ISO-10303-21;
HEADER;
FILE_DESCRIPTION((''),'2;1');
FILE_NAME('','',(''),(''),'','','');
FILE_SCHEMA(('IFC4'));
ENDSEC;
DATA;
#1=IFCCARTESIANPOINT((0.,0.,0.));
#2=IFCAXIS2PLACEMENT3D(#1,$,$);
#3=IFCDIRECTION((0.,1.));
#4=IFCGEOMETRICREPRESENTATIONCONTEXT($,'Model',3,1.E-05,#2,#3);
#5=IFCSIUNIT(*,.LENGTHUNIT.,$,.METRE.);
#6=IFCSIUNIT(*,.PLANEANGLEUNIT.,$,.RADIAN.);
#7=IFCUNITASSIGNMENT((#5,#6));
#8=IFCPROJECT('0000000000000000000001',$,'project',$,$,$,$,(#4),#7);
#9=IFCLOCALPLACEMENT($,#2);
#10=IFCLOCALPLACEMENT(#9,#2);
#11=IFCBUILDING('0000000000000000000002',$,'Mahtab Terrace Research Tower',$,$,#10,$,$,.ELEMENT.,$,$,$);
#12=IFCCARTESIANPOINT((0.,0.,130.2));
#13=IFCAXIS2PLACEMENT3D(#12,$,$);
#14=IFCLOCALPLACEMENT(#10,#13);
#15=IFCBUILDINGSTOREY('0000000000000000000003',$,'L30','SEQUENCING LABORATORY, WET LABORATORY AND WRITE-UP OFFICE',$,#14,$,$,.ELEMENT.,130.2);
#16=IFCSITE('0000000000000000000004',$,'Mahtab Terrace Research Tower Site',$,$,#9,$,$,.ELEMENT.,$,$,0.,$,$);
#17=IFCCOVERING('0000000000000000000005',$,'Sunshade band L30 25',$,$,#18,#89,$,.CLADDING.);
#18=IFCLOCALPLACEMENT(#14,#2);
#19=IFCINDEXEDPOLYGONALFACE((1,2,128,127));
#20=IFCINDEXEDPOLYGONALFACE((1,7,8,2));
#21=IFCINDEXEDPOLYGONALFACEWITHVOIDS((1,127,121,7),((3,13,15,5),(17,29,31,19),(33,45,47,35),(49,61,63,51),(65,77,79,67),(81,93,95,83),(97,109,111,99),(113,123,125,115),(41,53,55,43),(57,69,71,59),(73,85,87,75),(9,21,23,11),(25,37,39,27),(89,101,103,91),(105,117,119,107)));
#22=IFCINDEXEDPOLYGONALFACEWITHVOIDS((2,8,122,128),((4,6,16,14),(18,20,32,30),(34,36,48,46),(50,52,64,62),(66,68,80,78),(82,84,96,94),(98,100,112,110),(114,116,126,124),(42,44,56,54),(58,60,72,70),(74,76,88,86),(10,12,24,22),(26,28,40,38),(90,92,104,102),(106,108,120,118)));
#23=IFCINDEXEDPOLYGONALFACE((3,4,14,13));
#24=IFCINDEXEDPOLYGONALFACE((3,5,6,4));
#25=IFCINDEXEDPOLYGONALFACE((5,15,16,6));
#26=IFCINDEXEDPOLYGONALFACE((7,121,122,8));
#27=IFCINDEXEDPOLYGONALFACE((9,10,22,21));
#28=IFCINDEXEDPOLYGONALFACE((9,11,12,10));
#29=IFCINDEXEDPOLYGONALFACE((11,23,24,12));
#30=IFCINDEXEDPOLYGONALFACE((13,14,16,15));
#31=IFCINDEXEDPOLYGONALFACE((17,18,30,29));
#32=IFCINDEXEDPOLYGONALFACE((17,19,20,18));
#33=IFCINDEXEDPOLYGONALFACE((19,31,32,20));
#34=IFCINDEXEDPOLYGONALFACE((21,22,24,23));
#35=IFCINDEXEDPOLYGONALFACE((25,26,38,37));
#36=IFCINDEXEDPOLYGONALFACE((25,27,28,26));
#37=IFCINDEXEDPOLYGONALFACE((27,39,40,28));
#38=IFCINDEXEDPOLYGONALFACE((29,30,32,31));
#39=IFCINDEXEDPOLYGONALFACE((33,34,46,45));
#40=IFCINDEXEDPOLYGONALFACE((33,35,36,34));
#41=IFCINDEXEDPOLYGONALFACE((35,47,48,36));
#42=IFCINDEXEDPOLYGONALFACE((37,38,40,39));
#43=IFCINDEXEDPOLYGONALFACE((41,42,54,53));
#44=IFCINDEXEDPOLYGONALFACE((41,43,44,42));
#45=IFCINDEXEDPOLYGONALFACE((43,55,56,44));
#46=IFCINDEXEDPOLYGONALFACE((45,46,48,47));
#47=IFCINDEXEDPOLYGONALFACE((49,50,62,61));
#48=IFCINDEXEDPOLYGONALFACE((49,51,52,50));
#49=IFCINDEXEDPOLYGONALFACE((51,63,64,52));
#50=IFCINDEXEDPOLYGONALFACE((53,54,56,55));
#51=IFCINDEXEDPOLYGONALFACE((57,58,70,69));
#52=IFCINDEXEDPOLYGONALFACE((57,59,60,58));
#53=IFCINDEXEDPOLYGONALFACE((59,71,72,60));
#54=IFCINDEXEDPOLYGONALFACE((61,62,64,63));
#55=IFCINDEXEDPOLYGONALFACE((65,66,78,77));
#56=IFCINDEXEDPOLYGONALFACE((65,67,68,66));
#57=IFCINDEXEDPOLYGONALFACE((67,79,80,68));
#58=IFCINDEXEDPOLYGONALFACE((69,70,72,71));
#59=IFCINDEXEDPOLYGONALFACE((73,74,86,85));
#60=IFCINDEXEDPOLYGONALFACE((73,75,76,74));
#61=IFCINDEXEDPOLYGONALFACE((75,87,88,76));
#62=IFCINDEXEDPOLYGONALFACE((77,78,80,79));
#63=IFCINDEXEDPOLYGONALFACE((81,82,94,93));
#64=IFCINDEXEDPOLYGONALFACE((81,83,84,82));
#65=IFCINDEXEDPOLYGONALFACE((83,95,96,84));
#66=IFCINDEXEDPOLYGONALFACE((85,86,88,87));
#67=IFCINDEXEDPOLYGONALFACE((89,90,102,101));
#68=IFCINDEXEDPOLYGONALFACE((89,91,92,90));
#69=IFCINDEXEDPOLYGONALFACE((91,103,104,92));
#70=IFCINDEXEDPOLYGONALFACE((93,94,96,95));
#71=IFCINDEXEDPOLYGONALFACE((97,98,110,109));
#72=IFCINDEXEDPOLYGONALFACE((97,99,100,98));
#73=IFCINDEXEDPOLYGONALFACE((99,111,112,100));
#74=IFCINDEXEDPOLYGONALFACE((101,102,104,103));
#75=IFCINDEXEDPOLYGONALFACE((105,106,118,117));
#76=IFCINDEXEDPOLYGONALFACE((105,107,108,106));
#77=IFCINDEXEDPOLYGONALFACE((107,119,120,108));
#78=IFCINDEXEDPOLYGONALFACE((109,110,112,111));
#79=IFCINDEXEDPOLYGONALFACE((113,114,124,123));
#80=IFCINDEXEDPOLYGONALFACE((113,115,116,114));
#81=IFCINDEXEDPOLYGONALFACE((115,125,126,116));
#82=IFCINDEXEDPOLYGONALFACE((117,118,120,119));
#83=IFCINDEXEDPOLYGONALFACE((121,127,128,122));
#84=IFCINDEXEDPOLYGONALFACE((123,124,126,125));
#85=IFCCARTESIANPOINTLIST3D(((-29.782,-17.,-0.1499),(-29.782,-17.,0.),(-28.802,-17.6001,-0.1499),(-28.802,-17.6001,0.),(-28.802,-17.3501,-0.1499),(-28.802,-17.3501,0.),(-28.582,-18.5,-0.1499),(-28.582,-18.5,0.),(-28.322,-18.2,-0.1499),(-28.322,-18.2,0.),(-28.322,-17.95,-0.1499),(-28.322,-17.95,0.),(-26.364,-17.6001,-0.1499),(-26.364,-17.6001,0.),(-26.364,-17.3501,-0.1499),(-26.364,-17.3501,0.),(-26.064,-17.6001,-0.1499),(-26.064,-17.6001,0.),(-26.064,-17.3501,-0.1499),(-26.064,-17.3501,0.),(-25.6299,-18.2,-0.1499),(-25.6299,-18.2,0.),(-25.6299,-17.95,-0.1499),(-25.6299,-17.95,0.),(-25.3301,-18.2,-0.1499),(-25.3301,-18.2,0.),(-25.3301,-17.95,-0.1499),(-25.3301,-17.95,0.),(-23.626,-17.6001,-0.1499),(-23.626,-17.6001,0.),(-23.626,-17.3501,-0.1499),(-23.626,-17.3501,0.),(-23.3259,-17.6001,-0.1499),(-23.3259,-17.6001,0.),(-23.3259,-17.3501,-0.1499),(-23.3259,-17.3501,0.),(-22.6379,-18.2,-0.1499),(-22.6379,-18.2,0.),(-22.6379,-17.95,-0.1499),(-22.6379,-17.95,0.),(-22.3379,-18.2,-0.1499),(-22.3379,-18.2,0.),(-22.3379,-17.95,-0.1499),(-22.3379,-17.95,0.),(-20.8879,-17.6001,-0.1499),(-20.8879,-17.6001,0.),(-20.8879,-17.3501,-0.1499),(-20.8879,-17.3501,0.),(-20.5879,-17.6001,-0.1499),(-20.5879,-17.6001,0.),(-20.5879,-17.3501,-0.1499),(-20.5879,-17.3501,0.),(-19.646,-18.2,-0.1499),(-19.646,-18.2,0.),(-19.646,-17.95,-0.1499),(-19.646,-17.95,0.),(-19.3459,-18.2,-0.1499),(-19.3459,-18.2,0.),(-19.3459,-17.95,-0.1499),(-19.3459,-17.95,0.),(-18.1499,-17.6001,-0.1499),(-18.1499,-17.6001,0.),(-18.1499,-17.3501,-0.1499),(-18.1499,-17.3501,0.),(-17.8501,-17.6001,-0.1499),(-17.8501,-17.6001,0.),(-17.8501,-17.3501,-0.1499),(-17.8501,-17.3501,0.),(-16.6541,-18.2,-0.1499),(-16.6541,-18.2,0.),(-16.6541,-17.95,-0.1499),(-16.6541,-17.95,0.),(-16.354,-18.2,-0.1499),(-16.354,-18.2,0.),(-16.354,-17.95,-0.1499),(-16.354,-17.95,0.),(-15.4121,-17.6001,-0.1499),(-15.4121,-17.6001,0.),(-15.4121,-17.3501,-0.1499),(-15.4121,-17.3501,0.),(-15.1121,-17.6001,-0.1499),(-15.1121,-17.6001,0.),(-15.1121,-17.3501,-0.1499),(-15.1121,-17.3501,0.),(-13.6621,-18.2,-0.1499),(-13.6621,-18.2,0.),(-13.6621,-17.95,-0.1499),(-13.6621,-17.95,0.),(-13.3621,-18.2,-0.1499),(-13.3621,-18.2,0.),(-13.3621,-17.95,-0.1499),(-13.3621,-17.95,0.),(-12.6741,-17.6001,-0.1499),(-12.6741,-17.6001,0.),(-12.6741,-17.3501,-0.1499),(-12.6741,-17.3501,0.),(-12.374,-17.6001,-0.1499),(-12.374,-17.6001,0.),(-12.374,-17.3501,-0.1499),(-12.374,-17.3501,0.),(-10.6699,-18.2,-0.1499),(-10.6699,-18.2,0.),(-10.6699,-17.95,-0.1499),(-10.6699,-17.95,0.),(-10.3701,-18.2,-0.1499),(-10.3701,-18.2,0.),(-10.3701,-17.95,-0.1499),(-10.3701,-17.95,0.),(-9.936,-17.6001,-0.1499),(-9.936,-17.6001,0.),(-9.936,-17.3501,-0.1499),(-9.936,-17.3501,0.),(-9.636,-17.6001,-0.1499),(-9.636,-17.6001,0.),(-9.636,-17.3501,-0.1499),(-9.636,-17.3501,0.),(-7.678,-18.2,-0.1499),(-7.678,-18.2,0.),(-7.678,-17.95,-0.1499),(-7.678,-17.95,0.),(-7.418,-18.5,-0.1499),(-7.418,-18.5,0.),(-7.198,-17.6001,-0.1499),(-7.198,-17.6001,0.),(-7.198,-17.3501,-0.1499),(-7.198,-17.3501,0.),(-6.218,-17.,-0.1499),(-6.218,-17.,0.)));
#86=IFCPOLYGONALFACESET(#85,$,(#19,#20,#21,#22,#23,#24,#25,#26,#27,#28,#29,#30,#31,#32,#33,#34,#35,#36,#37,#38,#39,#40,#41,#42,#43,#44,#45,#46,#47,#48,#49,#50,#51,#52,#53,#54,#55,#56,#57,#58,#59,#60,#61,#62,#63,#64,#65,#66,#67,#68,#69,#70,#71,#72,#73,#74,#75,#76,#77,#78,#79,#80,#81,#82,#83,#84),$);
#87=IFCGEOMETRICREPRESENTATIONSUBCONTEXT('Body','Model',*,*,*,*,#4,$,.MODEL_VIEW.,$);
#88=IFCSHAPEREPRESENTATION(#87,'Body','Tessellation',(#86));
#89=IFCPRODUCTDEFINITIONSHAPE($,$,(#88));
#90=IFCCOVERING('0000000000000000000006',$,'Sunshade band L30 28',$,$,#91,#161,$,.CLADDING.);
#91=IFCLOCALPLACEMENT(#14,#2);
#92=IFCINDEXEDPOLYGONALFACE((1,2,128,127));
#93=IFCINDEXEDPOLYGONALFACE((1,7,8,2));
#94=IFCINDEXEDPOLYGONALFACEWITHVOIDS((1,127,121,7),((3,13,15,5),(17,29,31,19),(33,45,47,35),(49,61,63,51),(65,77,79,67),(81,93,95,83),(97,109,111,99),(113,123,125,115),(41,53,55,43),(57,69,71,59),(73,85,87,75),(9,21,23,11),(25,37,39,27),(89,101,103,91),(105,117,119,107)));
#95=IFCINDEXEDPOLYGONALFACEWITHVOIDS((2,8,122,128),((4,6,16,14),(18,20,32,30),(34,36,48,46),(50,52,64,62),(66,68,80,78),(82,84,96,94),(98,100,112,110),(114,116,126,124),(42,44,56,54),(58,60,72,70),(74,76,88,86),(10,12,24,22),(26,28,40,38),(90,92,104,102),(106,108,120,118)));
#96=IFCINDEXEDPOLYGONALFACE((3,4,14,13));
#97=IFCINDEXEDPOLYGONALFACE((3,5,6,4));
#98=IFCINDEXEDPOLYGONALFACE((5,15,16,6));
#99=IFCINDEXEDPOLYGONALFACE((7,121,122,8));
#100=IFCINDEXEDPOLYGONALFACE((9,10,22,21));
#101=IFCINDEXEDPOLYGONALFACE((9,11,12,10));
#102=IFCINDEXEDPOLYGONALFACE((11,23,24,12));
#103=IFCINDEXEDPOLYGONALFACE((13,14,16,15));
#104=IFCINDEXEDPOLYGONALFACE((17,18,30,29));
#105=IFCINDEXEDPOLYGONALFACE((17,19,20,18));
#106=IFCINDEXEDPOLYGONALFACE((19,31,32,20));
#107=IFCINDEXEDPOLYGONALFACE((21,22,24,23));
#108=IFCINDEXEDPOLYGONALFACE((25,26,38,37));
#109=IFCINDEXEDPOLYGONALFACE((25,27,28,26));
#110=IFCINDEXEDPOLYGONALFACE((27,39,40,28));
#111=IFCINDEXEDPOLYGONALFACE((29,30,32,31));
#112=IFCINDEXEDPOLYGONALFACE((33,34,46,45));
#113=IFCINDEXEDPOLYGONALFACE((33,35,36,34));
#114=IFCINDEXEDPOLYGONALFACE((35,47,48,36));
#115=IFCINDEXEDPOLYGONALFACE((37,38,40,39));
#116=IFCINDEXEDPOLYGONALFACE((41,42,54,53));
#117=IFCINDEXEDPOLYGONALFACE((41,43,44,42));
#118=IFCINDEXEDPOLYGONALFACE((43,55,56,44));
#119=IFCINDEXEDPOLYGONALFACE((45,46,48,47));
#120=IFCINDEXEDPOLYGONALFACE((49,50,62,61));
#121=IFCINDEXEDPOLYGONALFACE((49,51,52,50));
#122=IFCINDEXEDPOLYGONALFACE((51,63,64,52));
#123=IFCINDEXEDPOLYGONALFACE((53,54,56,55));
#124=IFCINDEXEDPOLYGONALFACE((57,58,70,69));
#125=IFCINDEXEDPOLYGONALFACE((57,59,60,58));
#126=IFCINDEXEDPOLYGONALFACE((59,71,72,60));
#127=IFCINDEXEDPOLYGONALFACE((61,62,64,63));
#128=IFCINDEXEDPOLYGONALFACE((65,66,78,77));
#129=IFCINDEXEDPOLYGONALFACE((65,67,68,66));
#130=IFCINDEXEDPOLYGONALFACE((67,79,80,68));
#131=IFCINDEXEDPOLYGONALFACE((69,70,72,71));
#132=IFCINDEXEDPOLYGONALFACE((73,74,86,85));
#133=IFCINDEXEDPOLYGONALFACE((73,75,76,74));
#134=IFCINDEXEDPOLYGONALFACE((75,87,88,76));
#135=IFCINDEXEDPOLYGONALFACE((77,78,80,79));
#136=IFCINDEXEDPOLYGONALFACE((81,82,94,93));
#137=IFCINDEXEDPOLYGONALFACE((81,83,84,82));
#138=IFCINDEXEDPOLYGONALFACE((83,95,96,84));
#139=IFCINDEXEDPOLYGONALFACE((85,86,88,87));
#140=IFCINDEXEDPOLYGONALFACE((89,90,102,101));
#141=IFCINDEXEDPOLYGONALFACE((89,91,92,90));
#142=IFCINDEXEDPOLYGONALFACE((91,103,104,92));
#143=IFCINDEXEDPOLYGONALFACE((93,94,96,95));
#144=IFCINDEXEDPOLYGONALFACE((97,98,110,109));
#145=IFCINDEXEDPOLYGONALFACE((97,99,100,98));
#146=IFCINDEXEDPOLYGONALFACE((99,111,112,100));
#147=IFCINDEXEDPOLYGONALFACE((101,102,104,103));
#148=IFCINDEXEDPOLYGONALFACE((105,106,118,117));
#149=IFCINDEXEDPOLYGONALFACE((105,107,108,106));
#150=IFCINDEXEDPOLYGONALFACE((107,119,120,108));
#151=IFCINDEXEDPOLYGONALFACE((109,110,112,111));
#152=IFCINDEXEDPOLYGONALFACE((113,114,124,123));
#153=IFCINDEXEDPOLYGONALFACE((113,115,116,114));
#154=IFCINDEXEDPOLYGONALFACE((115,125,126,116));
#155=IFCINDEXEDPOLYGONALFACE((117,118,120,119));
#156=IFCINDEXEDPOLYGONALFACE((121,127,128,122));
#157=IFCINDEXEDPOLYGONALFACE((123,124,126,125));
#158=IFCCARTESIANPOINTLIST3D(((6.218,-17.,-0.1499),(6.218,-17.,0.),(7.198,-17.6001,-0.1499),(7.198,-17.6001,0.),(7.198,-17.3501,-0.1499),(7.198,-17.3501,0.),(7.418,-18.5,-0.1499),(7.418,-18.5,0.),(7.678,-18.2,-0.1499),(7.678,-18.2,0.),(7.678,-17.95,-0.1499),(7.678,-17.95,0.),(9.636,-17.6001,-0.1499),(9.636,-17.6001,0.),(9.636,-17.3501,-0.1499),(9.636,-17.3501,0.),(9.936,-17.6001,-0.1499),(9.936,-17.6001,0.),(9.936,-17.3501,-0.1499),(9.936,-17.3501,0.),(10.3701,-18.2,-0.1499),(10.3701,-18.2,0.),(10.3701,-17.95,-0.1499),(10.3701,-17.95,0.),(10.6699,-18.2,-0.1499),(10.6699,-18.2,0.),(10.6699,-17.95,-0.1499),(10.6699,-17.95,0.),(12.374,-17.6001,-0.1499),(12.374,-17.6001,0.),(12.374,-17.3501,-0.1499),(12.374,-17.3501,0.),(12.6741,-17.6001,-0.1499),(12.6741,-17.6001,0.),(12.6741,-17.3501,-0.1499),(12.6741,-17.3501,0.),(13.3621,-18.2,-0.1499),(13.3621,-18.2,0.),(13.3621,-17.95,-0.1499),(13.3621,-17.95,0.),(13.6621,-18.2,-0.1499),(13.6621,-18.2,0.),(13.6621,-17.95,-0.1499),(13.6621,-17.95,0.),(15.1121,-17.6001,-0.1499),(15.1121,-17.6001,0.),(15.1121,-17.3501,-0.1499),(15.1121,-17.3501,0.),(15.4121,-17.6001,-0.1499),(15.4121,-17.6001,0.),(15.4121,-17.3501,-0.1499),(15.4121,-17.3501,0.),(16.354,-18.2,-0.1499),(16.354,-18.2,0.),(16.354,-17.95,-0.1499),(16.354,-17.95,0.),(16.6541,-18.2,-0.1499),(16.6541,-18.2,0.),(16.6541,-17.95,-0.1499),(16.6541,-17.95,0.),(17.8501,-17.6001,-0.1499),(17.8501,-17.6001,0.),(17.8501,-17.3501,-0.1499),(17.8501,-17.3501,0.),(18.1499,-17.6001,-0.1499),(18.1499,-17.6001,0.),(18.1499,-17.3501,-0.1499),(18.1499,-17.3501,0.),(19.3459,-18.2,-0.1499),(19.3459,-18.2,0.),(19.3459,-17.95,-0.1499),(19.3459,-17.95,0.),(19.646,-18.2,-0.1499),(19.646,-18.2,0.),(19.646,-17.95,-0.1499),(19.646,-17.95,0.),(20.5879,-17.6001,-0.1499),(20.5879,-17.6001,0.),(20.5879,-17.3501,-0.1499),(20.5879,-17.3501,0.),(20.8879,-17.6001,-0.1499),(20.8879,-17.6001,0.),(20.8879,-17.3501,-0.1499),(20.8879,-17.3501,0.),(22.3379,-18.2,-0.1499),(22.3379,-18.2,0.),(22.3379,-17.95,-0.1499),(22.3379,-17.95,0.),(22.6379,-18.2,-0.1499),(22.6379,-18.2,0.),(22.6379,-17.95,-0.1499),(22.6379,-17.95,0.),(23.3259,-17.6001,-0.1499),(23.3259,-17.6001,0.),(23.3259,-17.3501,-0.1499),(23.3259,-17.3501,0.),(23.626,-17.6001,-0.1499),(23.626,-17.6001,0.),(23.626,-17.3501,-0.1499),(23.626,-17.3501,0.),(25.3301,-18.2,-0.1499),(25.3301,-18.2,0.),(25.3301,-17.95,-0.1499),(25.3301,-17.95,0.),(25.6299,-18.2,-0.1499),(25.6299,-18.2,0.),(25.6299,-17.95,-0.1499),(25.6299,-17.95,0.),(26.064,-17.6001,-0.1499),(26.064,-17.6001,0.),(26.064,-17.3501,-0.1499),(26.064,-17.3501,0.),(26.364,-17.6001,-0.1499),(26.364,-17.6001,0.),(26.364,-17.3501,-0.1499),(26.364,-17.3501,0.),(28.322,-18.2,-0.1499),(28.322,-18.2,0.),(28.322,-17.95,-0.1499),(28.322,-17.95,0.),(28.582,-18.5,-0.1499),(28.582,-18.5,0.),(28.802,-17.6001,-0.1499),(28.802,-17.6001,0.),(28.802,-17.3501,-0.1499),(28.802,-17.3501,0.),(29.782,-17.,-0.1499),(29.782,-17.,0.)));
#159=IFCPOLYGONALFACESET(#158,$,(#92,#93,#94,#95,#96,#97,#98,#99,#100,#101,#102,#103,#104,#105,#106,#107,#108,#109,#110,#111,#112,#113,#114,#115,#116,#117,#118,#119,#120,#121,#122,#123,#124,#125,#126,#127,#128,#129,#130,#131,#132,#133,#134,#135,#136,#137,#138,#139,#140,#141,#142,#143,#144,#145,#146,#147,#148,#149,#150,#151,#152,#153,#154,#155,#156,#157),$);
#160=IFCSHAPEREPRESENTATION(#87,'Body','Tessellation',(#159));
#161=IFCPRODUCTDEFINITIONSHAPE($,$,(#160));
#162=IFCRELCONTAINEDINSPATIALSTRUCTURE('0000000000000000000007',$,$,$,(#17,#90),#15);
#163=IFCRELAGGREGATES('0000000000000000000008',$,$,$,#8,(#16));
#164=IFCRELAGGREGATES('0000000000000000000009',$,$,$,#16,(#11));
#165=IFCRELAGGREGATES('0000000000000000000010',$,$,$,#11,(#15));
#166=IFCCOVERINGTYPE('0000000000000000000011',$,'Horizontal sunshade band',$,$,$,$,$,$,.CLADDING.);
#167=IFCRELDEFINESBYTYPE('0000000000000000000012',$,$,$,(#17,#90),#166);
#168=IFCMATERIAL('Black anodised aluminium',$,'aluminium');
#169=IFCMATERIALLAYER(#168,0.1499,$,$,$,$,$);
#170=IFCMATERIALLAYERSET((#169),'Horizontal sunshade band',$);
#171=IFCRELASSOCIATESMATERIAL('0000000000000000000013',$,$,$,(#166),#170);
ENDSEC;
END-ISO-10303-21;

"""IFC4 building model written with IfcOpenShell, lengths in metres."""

from ifc_helpers import new_model, si_unit, direction, frame, origin, place, context, subcontext, project, spatial, polyline, outline, extrude, material, layer, layer_set, type_object, element, save


model = new_model("IFC4")

# Units and contexts
model_context = context("Model", 3, precision=1e-05, world=origin(), true_north=direction((0.0, 1.0)))
body_context = subcontext(model_context, "Body", "Model", "MODEL_VIEW")
ifc_project = project(units=[si_unit("LENGTHUNIT", "METRE"), si_unit("PLANEANGLEUNIT", "RADIAN")], contexts=[model_context])

# Site, building, storey
site_placement = place(None, origin())
site = spatial("IfcSite", under=ifc_project, at=site_placement, Name="Mahtab Terrace Research Tower Site", CompositionType="ELEMENT", RefElevation=0.0)
building_placement = place(site_placement, origin())
building = spatial("IfcBuilding", under=site, at=building_placement, Name="Mahtab Terrace Research Tower", CompositionType="ELEMENT")
storey_placement = place(building_placement, frame((0.0, 0.0, 130.2)))
storey = spatial("IfcBuildingStorey", under=building, at=storey_placement, Name="L30", Description="SEQUENCING LABORATORY, WET LABORATORY AND WRITE-UP OFFICE", CompositionType="ELEMENT", Elevation=130.2)

# Coverings
ifc_material_1 = material(Name="Black anodised aluminium", Category="aluminium")
ifc_layer_1 = layer(ifc_material_1, 0.1499)
ifc_layer_set_1 = layer_set([ifc_layer_1], Name="Horizontal sunshade band")
covering_type = type_object("IfcCoveringType", Name="Horizontal sunshade band", PredefinedType="CLADDING", material=ifc_layer_set_1)
covering_1_placement = place(storey_placement, frame((0.0, 0.0, -0.1499)))
element("IfcCovering", 1, at=covering_1_placement, inside=storey, type_object=covering_type, Name="Sunshade band L30 25", PredefinedType="CLADDING", context=body_context, shape_type="SweptSolid", body=[
    extrude(outline(polyline([(-29.782, -17.0), (-6.218, -17.0), (-7.418, -18.5), (-28.582, -18.5), (-29.782, -17.0)]), holes=[polyline([(-28.802, -17.3501), (-26.364, -17.3501), (-26.364, -17.6001), (-28.802, -17.6001), (-28.802, -17.3501)]), polyline([(-26.064, -17.3501), (-23.626, -17.3501), (-23.626, -17.6001), (-26.064, -17.6001), (-26.064, -17.3501)]), polyline([(-23.3259, -17.3501), (-20.8879, -17.3501), (-20.8879, -17.6001), (-23.3259, -17.6001), (-23.3259, -17.3501)]), polyline([(-20.5879, -17.3501), (-18.1499, -17.3501), (-18.1499, -17.6001), (-20.5879, -17.6001), (-20.5879, -17.3501)]), polyline([(-17.8501, -17.3501), (-15.4121, -17.3501), (-15.4121, -17.6001), (-17.8501, -17.6001), (-17.8501, -17.3501)]), polyline([(-15.1121, -17.3501), (-12.6741, -17.3501), (-12.6741, -17.6001), (-15.1121, -17.6001), (-15.1121, -17.3501)]), polyline([(-12.374, -17.3501), (-9.936, -17.3501), (-9.936, -17.6001), (-12.374, -17.6001), (-12.374, -17.3501)]), polyline([(-9.636, -17.3501), (-7.198, -17.3501), (-7.198, -17.6001), (-9.636, -17.6001), (-9.636, -17.3501)]), polyline([(-28.322, -17.95), (-25.6299, -17.95), (-25.6299, -18.2), (-28.322, -18.2), (-28.322, -17.95)]), polyline([(-25.3301, -17.95), (-22.6379, -17.95), (-22.6379, -18.2), (-25.3301, -18.2), (-25.3301, -17.95)]), polyline([(-22.3379, -17.95), (-19.646, -17.95), (-19.646, -18.2), (-22.3379, -18.2), (-22.3379, -17.95)]), polyline([(-19.3459, -17.95), (-16.6541, -17.95), (-16.6541, -18.2), (-19.3459, -18.2), (-19.3459, -17.95)]), polyline([(-16.354, -17.95), (-13.6621, -17.95), (-13.6621, -18.2), (-16.354, -18.2), (-16.354, -17.95)]), polyline([(-13.3621, -17.95), (-10.6699, -17.95), (-10.6699, -18.2), (-13.3621, -18.2), (-13.3621, -17.95)]), polyline([(-10.3701, -17.95), (-7.678, -17.95), (-7.678, -18.2), (-10.3701, -18.2), (-10.3701, -17.95)])]), origin(), (0.0, 0.0, 1.0), 0.1499),
])
covering_2_placement = place(storey_placement, frame((0.0, 0.0, -0.1499)))
element("IfcCovering", 2, at=covering_2_placement, inside=storey, type_object=covering_type, Name="Sunshade band L30 28", PredefinedType="CLADDING", context=body_context, shape_type="SweptSolid", body=[
    extrude(outline(polyline([(6.218, -17.0), (29.782, -17.0), (28.582, -18.5), (7.418, -18.5), (6.218, -17.0)]), holes=[polyline([(7.198, -17.3501), (9.636, -17.3501), (9.636, -17.6001), (7.198, -17.6001), (7.198, -17.3501)]), polyline([(9.936, -17.3501), (12.374, -17.3501), (12.374, -17.6001), (9.936, -17.6001), (9.936, -17.3501)]), polyline([(12.6741, -17.3501), (15.1121, -17.3501), (15.1121, -17.6001), (12.6741, -17.6001), (12.6741, -17.3501)]), polyline([(15.4121, -17.3501), (17.8501, -17.3501), (17.8501, -17.6001), (15.4121, -17.6001), (15.4121, -17.3501)]), polyline([(18.1499, -17.3501), (20.5879, -17.3501), (20.5879, -17.6001), (18.1499, -17.6001), (18.1499, -17.3501)]), polyline([(20.8879, -17.3501), (23.3259, -17.3501), (23.3259, -17.6001), (20.8879, -17.6001), (20.8879, -17.3501)]), polyline([(23.626, -17.3501), (26.064, -17.3501), (26.064, -17.6001), (23.626, -17.6001), (23.626, -17.3501)]), polyline([(26.364, -17.3501), (28.802, -17.3501), (28.802, -17.6001), (26.364, -17.6001), (26.364, -17.3501)]), polyline([(7.678, -17.95), (10.3701, -17.95), (10.3701, -18.2), (7.678, -18.2), (7.678, -17.95)]), polyline([(10.6699, -17.95), (13.3621, -17.95), (13.3621, -18.2), (10.6699, -18.2), (10.6699, -17.95)]), polyline([(13.6621, -17.95), (16.354, -17.95), (16.354, -18.2), (13.6621, -18.2), (13.6621, -17.95)]), polyline([(16.6541, -17.95), (19.3459, -17.95), (19.3459, -18.2), (16.6541, -18.2), (16.6541, -17.95)]), polyline([(19.646, -17.95), (22.3379, -17.95), (22.3379, -18.2), (19.646, -18.2), (19.646, -17.95)]), polyline([(22.6379, -17.95), (25.3301, -17.95), (25.3301, -18.2), (22.6379, -18.2), (22.6379, -17.95)]), polyline([(25.6299, -17.95), (28.322, -17.95), (28.322, -18.2), (25.6299, -18.2), (25.6299, -17.95)])]), origin(), (0.0, 0.0, 1.0), 0.1499),
])

save(model, "model.ifc")
